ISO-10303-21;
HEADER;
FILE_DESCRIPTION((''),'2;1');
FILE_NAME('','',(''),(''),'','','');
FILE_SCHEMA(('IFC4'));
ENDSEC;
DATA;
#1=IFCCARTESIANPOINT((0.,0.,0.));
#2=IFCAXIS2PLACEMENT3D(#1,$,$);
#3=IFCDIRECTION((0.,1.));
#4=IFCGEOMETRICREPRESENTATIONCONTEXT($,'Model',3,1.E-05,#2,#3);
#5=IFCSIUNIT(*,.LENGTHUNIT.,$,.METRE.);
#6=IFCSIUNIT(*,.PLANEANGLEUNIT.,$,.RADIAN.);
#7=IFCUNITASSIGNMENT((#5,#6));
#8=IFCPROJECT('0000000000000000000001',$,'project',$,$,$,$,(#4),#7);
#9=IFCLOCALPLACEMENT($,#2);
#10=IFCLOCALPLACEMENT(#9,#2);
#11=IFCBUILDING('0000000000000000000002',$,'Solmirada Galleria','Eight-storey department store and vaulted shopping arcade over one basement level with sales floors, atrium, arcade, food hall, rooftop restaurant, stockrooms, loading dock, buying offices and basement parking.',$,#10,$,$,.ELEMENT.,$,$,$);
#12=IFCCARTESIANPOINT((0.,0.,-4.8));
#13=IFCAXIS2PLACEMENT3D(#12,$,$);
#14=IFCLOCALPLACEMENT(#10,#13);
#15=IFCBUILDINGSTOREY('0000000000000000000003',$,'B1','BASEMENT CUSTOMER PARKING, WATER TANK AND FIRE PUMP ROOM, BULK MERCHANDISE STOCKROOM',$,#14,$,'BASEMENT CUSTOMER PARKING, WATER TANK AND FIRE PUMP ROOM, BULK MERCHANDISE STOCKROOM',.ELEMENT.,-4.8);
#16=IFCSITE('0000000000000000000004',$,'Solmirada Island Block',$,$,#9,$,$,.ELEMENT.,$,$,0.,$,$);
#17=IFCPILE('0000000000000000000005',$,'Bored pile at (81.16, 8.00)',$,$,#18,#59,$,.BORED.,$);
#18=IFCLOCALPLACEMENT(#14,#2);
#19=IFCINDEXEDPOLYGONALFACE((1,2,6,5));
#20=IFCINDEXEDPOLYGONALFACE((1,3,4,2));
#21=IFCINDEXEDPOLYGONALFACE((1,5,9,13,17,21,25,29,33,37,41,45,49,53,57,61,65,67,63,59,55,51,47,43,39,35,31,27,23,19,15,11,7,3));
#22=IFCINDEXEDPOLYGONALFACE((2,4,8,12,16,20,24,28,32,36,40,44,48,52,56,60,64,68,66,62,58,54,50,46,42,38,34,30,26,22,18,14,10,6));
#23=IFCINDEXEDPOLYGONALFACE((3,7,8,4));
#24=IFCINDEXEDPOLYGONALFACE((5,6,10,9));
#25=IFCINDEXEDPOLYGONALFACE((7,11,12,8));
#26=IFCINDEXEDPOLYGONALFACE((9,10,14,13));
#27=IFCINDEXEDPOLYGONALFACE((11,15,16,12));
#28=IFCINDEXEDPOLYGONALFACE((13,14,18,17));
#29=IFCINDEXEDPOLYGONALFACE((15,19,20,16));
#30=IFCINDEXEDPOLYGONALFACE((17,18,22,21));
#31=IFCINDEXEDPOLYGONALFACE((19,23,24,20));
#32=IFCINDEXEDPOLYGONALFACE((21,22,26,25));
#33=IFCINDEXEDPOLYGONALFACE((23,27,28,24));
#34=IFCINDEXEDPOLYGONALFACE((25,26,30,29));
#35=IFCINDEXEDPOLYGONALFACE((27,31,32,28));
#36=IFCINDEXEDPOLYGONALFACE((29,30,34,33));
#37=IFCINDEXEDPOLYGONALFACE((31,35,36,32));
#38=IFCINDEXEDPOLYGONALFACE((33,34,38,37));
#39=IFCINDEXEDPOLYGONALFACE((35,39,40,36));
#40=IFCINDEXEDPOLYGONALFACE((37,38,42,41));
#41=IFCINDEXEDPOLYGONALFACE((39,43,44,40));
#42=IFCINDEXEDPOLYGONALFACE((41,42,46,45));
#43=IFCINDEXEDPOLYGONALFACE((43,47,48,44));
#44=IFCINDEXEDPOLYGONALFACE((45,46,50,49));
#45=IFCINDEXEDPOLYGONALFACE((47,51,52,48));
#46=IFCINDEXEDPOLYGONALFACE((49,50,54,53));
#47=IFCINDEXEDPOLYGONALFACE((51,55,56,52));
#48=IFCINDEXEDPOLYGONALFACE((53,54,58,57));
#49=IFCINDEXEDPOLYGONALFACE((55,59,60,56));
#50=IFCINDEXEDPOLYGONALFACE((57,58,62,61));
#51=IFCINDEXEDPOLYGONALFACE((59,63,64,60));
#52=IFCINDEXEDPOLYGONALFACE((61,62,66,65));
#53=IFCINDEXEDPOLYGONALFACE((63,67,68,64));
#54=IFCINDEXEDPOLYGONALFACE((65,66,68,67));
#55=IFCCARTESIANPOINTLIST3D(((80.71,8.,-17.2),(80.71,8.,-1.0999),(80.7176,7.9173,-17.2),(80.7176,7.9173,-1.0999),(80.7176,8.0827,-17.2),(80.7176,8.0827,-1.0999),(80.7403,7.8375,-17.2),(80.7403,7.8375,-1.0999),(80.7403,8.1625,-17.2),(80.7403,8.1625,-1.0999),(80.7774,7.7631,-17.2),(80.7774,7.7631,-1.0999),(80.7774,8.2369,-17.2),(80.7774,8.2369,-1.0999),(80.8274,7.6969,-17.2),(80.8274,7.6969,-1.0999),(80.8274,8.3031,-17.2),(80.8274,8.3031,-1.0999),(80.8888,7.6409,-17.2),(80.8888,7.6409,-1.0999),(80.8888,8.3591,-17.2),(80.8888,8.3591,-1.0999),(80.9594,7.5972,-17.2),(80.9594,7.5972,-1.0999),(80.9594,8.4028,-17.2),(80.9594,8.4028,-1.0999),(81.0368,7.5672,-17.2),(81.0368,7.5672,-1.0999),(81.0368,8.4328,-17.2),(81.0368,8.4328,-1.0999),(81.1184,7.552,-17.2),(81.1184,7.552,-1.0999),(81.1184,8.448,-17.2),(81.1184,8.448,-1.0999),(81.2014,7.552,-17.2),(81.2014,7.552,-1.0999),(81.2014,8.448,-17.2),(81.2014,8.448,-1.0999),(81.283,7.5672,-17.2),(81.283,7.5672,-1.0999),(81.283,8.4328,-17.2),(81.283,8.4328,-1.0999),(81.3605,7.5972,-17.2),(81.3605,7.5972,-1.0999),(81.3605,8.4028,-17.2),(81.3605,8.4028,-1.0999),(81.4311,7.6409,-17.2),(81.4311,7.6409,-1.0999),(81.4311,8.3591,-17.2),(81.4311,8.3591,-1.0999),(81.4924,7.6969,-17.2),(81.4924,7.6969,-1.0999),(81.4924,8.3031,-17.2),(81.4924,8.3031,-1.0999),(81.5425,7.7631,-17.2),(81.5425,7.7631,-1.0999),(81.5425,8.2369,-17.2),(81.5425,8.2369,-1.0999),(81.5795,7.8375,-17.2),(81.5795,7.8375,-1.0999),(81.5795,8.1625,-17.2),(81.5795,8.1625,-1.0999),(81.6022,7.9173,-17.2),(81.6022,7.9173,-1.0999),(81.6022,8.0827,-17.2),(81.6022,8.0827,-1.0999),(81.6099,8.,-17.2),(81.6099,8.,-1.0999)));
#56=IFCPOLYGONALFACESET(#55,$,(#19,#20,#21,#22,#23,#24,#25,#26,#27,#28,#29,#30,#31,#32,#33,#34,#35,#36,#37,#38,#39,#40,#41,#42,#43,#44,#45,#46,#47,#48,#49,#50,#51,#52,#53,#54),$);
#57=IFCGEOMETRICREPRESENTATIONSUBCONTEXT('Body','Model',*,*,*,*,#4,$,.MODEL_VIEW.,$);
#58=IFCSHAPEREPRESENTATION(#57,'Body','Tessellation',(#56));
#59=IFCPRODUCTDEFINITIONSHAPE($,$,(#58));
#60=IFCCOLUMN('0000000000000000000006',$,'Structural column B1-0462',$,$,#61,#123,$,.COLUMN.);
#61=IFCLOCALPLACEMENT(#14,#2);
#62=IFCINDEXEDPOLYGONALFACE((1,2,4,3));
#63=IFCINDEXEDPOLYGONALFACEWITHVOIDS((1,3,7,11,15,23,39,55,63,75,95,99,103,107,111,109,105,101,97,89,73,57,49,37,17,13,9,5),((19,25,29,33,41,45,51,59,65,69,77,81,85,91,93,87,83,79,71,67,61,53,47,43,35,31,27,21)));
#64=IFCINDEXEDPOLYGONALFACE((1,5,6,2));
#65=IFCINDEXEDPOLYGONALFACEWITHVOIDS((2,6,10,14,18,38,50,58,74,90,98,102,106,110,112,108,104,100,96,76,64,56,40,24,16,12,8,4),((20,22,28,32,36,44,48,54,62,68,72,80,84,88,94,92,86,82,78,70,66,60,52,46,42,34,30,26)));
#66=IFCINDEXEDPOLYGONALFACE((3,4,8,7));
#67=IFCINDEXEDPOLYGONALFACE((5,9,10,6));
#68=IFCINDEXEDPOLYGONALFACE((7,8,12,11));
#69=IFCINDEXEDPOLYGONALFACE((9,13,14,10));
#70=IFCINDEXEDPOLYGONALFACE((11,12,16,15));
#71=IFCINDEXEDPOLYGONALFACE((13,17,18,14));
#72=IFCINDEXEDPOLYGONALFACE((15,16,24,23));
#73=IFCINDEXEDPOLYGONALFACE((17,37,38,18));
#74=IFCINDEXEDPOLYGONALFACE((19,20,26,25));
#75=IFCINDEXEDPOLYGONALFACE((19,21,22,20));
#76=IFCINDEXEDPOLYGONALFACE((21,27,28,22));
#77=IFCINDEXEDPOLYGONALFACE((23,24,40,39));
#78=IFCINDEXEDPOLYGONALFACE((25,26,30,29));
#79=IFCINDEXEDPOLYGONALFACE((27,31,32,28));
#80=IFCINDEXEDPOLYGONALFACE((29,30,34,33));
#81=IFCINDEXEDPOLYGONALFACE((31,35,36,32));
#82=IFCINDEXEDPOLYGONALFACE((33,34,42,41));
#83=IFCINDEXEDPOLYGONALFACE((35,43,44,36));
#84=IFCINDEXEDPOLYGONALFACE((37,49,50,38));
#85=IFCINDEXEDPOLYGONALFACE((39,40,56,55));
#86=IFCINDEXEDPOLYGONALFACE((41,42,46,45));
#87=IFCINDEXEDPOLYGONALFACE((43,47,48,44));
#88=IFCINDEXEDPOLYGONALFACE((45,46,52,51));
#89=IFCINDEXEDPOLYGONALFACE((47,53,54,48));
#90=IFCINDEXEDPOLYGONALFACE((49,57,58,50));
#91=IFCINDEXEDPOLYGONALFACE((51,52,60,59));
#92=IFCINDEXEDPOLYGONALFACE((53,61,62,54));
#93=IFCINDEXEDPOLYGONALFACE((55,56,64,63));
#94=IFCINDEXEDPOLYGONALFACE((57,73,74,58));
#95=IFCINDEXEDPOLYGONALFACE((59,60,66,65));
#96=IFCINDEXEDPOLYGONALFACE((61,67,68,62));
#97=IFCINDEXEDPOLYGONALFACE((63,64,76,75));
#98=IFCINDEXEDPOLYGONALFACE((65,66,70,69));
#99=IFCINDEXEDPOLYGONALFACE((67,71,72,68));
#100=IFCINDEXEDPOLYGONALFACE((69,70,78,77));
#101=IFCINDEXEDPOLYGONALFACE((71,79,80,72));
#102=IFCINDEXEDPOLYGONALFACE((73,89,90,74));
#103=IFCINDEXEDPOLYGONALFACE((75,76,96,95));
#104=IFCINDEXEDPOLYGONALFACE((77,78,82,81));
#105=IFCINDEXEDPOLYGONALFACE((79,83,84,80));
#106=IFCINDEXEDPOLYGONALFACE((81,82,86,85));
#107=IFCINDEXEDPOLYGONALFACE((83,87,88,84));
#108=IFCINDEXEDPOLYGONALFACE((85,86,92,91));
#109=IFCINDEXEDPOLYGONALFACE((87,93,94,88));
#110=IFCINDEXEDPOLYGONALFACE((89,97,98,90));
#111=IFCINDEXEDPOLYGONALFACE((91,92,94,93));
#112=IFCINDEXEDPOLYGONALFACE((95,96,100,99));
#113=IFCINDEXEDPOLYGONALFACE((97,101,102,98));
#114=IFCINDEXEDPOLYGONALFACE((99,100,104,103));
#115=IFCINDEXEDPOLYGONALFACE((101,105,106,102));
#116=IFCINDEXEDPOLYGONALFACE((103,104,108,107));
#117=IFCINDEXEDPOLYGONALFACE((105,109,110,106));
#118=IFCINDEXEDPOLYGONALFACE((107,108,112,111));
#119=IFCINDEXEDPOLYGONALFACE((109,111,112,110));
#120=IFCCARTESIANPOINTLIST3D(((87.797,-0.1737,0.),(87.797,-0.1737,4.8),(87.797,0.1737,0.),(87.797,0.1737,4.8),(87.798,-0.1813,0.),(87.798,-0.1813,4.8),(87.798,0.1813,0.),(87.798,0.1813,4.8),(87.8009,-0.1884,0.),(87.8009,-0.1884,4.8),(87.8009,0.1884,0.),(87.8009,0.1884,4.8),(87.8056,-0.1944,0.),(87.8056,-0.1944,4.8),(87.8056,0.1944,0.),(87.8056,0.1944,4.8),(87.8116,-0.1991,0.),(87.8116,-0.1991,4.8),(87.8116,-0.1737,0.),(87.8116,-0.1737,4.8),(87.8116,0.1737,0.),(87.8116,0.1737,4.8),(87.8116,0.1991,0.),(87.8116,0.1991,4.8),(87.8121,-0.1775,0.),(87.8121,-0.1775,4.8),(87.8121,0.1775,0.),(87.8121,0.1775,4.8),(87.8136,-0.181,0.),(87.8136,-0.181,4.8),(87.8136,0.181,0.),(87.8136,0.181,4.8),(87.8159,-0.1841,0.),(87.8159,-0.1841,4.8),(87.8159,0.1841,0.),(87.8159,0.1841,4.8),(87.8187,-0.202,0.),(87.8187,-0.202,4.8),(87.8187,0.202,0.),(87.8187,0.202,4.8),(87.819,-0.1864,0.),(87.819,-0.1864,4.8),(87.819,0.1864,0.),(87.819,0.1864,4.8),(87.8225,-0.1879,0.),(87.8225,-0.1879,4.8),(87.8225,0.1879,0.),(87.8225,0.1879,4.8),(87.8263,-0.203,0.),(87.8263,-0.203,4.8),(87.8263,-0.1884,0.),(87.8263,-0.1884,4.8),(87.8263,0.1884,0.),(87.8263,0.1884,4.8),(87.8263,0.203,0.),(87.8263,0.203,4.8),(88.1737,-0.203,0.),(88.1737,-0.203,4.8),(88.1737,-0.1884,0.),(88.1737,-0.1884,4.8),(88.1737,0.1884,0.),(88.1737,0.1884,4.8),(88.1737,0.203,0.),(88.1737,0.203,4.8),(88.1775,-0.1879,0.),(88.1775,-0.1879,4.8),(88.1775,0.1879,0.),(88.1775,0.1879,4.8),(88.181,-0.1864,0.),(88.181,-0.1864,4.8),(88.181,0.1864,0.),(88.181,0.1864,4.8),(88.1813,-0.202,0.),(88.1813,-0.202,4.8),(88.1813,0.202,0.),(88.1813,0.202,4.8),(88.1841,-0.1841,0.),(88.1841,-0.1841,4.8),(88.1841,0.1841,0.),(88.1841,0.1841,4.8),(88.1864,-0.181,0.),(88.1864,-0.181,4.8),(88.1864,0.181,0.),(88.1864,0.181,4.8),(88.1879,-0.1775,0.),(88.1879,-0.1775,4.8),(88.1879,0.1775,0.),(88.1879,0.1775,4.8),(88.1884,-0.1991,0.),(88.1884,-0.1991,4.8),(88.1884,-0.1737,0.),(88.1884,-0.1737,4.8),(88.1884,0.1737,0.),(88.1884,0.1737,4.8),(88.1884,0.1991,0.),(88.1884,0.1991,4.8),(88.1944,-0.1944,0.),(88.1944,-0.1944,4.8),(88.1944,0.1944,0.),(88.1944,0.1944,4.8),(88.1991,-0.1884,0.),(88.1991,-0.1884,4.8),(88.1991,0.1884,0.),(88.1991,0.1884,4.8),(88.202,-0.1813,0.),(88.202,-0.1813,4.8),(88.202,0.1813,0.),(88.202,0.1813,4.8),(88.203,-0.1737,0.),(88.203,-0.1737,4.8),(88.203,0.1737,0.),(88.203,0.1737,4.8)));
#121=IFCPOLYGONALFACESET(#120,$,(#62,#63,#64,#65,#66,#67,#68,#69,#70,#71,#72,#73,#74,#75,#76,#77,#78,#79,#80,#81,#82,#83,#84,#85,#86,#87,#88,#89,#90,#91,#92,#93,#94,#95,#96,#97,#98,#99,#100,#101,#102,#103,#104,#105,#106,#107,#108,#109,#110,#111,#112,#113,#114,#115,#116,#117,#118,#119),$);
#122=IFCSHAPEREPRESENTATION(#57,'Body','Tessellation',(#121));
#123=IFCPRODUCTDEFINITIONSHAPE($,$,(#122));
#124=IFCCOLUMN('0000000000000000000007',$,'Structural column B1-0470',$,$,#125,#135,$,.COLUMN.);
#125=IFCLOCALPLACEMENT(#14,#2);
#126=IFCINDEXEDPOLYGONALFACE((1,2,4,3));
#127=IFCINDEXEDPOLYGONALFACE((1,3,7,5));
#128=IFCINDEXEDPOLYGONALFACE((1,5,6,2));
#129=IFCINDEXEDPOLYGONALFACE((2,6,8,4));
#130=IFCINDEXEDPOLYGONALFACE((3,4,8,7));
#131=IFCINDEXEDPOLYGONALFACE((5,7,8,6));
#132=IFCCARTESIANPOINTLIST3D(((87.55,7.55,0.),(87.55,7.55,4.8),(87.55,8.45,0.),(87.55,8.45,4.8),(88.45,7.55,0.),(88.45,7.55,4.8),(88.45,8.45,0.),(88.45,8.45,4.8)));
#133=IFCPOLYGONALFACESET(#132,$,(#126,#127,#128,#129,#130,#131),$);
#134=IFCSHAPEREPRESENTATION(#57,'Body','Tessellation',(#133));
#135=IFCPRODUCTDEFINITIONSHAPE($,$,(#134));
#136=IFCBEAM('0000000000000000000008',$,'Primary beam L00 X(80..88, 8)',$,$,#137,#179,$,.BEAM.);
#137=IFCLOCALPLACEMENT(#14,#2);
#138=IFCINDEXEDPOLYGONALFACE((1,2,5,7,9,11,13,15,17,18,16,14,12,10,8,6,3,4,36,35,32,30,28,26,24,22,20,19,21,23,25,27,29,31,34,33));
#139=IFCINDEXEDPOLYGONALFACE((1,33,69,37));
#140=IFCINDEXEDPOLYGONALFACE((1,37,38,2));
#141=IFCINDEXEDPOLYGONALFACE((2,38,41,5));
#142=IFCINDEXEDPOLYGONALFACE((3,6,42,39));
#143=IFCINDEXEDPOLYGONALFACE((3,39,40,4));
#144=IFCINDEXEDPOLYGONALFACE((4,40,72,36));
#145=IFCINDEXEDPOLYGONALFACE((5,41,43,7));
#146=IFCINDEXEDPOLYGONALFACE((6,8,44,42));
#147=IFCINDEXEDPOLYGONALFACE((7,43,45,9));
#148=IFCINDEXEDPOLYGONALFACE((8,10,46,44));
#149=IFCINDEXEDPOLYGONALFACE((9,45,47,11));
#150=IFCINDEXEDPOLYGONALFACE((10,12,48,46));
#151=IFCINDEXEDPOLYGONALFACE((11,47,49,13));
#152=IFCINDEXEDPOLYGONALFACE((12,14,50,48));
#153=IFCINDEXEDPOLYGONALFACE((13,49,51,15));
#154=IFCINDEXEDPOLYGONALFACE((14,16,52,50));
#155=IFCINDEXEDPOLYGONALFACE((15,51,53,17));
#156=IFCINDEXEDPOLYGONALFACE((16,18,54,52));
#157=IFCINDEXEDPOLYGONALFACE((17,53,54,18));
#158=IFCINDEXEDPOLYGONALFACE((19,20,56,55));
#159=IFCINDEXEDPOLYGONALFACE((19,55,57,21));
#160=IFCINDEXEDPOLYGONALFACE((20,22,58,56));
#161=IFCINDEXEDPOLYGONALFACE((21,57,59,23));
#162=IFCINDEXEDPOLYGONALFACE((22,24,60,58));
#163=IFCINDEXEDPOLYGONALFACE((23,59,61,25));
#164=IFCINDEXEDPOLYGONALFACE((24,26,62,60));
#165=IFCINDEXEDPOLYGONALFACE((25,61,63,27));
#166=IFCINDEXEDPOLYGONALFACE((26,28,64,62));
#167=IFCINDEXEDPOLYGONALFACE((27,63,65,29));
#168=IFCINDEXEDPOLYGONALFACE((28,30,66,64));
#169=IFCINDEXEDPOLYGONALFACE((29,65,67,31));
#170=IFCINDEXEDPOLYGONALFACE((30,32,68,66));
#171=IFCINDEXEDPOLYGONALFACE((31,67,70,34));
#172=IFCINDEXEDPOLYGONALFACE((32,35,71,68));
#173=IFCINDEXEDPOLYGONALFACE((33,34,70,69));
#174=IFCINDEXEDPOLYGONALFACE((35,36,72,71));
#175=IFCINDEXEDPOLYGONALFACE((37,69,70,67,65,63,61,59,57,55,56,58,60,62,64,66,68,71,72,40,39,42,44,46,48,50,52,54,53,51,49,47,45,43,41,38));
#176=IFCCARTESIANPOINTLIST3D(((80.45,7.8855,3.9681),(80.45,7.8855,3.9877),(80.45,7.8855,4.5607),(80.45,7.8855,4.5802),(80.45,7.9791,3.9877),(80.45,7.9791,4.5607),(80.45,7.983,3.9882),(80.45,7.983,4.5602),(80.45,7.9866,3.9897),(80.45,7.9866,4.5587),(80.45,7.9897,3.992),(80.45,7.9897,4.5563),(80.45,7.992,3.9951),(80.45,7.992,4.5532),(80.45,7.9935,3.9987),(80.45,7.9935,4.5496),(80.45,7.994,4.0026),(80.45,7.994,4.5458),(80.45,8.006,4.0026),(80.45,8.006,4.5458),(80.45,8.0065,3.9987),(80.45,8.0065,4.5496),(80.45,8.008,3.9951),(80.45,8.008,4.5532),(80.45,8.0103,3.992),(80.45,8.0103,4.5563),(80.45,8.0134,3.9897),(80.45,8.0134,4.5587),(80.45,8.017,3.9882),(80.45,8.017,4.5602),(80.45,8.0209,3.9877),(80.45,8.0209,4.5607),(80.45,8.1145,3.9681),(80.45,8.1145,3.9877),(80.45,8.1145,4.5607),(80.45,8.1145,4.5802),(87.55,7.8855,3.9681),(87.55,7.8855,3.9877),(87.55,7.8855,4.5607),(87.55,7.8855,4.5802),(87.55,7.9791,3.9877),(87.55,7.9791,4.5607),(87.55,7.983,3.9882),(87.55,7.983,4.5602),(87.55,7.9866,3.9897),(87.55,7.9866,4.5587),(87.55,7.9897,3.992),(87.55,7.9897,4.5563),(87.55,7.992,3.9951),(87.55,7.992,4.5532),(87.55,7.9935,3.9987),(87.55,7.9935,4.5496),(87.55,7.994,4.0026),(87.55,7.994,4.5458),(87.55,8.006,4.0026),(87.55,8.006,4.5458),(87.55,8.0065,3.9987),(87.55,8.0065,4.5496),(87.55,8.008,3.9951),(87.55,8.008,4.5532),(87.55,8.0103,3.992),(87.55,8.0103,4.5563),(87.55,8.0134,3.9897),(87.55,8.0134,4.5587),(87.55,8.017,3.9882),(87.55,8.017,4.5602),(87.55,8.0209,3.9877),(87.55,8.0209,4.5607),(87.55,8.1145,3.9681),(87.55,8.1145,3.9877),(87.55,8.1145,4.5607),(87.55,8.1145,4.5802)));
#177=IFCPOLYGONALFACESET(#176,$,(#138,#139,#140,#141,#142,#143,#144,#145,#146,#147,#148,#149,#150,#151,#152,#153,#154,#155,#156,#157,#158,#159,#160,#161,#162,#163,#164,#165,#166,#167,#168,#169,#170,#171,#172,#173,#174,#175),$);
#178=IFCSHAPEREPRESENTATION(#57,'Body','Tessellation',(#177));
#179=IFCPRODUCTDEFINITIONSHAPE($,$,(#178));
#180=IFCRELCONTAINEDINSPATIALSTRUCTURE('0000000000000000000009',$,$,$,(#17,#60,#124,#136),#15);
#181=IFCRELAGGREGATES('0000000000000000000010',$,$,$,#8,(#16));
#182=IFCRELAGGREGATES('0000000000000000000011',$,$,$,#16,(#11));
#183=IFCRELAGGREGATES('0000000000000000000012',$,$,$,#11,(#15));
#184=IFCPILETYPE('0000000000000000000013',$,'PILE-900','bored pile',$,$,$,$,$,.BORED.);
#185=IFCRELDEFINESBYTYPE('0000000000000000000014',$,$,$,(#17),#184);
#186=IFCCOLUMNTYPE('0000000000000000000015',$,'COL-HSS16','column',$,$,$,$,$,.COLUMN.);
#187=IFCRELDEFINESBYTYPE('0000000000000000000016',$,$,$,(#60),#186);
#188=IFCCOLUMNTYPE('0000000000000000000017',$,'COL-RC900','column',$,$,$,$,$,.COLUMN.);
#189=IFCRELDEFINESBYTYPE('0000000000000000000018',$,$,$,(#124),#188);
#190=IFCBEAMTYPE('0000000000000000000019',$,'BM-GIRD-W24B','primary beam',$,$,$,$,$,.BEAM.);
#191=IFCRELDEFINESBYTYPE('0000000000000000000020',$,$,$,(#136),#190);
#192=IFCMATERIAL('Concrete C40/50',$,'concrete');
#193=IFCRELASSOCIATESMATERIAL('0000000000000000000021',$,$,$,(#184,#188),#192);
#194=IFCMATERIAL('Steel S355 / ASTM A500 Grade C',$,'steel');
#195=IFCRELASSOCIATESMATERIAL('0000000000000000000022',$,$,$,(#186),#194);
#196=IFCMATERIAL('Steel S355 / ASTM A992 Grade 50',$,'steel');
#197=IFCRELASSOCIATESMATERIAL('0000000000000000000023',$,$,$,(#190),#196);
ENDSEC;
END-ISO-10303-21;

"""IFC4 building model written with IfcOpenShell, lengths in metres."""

from ifc_helpers import new_model, si_unit, direction, frame, origin, origin_2d, place, context, subcontext, project, spatial, rectangle, hollow_rectangle, circle, i_section, extrude, material, material_profile, profile_set, type_object, element, save


model = new_model("IFC4")

# Units and contexts
model_context = context("Model", 3, precision=1e-05, world=origin(), true_north=direction((0.0, 1.0)))
body_context = subcontext(model_context, "Body", "Model", "MODEL_VIEW")
ifc_project = project(units=[si_unit("LENGTHUNIT", "METRE"), si_unit("PLANEANGLEUNIT", "RADIAN")], contexts=[model_context])

# Site, building, storey
site_placement = place(None, origin())
site = spatial("IfcSite", under=ifc_project, at=site_placement, Name="Solmirada Island Block", CompositionType="ELEMENT", RefElevation=0.0)
building_placement = place(site_placement, origin())
building = spatial("IfcBuilding", under=site, at=building_placement, Name="Solmirada Galleria", Description="Eight-storey department store and vaulted shopping arcade over one basement level with sales floors, atrium, arcade, food hall, rooftop restaurant, stockrooms, loading dock, buying offices and basement parking.", CompositionType="ELEMENT")
storey_placement = place(building_placement, frame((0.0, 0.0, -4.8)))
storey = spatial("IfcBuildingStorey", under=building, at=storey_placement, Name="B1", Description="BASEMENT CUSTOMER PARKING, WATER TANK AND FIRE PUMP ROOM, BULK MERCHANDISE STOCKROOM", LongName="BASEMENT CUSTOMER PARKING, WATER TANK AND FIRE PUMP ROOM, BULK MERCHANDISE STOCKROOM", CompositionType="ELEMENT", Elevation=-4.8)

# Pile
ifc_material_1 = material(Name="Concrete C40/50", Category="concrete")
ifc_material_profile_1 = material_profile(ifc_material_1, circle(Radius=0.45, at=origin_2d()), Name="PILE900")
ifc_profile_set_1 = profile_set([ifc_material_profile_1], Name="Concrete C40/50")
pile_type = type_object("IfcPileType", Name="PILE-900", Description="bored pile", PredefinedType="BORED", material=ifc_profile_set_1)
pile_placement = place(storey_placement, frame((81.1599, 8.0, -1.0999), z_axis=(0.0, 0.0, -1.0), x_axis=(1.0, 0.0, 0.0)))
element("IfcPile", 1, at=pile_placement, inside=storey, type_object=pile_type, Name="Bored pile at (81.16, 8.00)", PredefinedType="BORED", context=body_context, shape_type="SweptSolid", body=[
    extrude(circle(Radius=0.45, at=origin_2d()), origin(), (0.0, 0.0, 1.0), 16.1001),
])

# Columns
ifc_material_2 = material(Name="Steel S355 / ASTM A500 Grade C", Category="steel")
ifc_material_profile_2 = material_profile(ifc_material_2, hollow_rectangle(XDim=0.406, YDim=0.406, WallThickness=0.0146, InnerFilletRadius=0.0146, OuterFilletRadius=0.0293, at=origin_2d()), Name="HSS16X16X5/8")
ifc_profile_set_2 = profile_set([ifc_material_profile_2], Name="Steel S355 / ASTM A500 Grade C")
column_type_1 = type_object("IfcColumnType", Name="COL-HSS16", Description="column", PredefinedType="COLUMN", material=ifc_profile_set_2)
column_1_placement = place(storey_placement, frame((88.0, 0.0, 0.0), z_axis=(0.0, 0.0, 1.0), x_axis=(1.0, 0.0, 0.0)))
element("IfcColumn", 2, at=column_1_placement, inside=storey, type_object=column_type_1, Name="Structural column B1-0462", PredefinedType="COLUMN", context=body_context, shape_type="SweptSolid", body=[
    extrude(hollow_rectangle(XDim=0.406, YDim=0.406, WallThickness=0.0146, InnerFilletRadius=0.0146, OuterFilletRadius=0.0293, at=origin_2d()), origin(), (0.0, 0.0, 1.0), 4.8),
])
ifc_material_profile_3 = material_profile(ifc_material_1, rectangle(XDim=0.8999, YDim=0.8999, at=origin_2d()), Name="RC900X900")
ifc_profile_set_3 = profile_set([ifc_material_profile_3], Name="Concrete C40/50")
column_type_2 = type_object("IfcColumnType", Name="COL-RC900", Description="column", PredefinedType="COLUMN", material=ifc_profile_set_3)
column_2_placement = place(storey_placement, frame((88.0, 8.0, 0.0), z_axis=(0.0, 0.0, 1.0), x_axis=(1.0, 0.0, 0.0)))
element("IfcColumn", 3, at=column_2_placement, inside=storey, type_object=column_type_2, Name="Structural column B1-0470", PredefinedType="COLUMN", context=body_context, shape_type="SweptSolid", body=[
    extrude(rectangle(XDim=0.8999, YDim=0.8999, at=origin_2d()), origin(), (0.0, 0.0, 1.0), 4.8),
])

# Beam
ifc_material_3 = material(Name="Steel S355 / ASTM A992 Grade 50", Category="steel")
ifc_material_profile_4 = material_profile(ifc_material_3, i_section(OverallWidth=0.229, OverallDepth=0.6121, WebThickness=0.012, FlangeThickness=0.0195, FilletRadius=0.0149, at=origin_2d()), Name="W24X84")
ifc_profile_set_4 = profile_set([ifc_material_profile_4], Name="Steel S355 / ASTM A992 Grade 50")
beam_type_1 = type_object("IfcBeamType", Name="BM-GIRD-W24B", Description="primary beam", PredefinedType="BEAM", material=ifc_profile_set_4)
beam_1_placement = place(storey_placement, frame((80.45, 8.0, 4.2742), z_axis=(1.0, 0.0, 0.0), x_axis=(0.0, 1.0, 0.0)))
element("IfcBeam", 4, at=beam_1_placement, inside=storey, type_object=beam_type_1, Name="Primary beam L00 X(80..88, 8)", PredefinedType="BEAM", context=body_context, shape_type="SweptSolid", body=[
    extrude(i_section(OverallWidth=0.229, OverallDepth=0.6121, WebThickness=0.012, FlangeThickness=0.0195, FilletRadius=0.0149, at=origin_2d()), origin(), (0.0, 0.0, 1.0), 7.1001),
])

save(model, "model.ifc")
